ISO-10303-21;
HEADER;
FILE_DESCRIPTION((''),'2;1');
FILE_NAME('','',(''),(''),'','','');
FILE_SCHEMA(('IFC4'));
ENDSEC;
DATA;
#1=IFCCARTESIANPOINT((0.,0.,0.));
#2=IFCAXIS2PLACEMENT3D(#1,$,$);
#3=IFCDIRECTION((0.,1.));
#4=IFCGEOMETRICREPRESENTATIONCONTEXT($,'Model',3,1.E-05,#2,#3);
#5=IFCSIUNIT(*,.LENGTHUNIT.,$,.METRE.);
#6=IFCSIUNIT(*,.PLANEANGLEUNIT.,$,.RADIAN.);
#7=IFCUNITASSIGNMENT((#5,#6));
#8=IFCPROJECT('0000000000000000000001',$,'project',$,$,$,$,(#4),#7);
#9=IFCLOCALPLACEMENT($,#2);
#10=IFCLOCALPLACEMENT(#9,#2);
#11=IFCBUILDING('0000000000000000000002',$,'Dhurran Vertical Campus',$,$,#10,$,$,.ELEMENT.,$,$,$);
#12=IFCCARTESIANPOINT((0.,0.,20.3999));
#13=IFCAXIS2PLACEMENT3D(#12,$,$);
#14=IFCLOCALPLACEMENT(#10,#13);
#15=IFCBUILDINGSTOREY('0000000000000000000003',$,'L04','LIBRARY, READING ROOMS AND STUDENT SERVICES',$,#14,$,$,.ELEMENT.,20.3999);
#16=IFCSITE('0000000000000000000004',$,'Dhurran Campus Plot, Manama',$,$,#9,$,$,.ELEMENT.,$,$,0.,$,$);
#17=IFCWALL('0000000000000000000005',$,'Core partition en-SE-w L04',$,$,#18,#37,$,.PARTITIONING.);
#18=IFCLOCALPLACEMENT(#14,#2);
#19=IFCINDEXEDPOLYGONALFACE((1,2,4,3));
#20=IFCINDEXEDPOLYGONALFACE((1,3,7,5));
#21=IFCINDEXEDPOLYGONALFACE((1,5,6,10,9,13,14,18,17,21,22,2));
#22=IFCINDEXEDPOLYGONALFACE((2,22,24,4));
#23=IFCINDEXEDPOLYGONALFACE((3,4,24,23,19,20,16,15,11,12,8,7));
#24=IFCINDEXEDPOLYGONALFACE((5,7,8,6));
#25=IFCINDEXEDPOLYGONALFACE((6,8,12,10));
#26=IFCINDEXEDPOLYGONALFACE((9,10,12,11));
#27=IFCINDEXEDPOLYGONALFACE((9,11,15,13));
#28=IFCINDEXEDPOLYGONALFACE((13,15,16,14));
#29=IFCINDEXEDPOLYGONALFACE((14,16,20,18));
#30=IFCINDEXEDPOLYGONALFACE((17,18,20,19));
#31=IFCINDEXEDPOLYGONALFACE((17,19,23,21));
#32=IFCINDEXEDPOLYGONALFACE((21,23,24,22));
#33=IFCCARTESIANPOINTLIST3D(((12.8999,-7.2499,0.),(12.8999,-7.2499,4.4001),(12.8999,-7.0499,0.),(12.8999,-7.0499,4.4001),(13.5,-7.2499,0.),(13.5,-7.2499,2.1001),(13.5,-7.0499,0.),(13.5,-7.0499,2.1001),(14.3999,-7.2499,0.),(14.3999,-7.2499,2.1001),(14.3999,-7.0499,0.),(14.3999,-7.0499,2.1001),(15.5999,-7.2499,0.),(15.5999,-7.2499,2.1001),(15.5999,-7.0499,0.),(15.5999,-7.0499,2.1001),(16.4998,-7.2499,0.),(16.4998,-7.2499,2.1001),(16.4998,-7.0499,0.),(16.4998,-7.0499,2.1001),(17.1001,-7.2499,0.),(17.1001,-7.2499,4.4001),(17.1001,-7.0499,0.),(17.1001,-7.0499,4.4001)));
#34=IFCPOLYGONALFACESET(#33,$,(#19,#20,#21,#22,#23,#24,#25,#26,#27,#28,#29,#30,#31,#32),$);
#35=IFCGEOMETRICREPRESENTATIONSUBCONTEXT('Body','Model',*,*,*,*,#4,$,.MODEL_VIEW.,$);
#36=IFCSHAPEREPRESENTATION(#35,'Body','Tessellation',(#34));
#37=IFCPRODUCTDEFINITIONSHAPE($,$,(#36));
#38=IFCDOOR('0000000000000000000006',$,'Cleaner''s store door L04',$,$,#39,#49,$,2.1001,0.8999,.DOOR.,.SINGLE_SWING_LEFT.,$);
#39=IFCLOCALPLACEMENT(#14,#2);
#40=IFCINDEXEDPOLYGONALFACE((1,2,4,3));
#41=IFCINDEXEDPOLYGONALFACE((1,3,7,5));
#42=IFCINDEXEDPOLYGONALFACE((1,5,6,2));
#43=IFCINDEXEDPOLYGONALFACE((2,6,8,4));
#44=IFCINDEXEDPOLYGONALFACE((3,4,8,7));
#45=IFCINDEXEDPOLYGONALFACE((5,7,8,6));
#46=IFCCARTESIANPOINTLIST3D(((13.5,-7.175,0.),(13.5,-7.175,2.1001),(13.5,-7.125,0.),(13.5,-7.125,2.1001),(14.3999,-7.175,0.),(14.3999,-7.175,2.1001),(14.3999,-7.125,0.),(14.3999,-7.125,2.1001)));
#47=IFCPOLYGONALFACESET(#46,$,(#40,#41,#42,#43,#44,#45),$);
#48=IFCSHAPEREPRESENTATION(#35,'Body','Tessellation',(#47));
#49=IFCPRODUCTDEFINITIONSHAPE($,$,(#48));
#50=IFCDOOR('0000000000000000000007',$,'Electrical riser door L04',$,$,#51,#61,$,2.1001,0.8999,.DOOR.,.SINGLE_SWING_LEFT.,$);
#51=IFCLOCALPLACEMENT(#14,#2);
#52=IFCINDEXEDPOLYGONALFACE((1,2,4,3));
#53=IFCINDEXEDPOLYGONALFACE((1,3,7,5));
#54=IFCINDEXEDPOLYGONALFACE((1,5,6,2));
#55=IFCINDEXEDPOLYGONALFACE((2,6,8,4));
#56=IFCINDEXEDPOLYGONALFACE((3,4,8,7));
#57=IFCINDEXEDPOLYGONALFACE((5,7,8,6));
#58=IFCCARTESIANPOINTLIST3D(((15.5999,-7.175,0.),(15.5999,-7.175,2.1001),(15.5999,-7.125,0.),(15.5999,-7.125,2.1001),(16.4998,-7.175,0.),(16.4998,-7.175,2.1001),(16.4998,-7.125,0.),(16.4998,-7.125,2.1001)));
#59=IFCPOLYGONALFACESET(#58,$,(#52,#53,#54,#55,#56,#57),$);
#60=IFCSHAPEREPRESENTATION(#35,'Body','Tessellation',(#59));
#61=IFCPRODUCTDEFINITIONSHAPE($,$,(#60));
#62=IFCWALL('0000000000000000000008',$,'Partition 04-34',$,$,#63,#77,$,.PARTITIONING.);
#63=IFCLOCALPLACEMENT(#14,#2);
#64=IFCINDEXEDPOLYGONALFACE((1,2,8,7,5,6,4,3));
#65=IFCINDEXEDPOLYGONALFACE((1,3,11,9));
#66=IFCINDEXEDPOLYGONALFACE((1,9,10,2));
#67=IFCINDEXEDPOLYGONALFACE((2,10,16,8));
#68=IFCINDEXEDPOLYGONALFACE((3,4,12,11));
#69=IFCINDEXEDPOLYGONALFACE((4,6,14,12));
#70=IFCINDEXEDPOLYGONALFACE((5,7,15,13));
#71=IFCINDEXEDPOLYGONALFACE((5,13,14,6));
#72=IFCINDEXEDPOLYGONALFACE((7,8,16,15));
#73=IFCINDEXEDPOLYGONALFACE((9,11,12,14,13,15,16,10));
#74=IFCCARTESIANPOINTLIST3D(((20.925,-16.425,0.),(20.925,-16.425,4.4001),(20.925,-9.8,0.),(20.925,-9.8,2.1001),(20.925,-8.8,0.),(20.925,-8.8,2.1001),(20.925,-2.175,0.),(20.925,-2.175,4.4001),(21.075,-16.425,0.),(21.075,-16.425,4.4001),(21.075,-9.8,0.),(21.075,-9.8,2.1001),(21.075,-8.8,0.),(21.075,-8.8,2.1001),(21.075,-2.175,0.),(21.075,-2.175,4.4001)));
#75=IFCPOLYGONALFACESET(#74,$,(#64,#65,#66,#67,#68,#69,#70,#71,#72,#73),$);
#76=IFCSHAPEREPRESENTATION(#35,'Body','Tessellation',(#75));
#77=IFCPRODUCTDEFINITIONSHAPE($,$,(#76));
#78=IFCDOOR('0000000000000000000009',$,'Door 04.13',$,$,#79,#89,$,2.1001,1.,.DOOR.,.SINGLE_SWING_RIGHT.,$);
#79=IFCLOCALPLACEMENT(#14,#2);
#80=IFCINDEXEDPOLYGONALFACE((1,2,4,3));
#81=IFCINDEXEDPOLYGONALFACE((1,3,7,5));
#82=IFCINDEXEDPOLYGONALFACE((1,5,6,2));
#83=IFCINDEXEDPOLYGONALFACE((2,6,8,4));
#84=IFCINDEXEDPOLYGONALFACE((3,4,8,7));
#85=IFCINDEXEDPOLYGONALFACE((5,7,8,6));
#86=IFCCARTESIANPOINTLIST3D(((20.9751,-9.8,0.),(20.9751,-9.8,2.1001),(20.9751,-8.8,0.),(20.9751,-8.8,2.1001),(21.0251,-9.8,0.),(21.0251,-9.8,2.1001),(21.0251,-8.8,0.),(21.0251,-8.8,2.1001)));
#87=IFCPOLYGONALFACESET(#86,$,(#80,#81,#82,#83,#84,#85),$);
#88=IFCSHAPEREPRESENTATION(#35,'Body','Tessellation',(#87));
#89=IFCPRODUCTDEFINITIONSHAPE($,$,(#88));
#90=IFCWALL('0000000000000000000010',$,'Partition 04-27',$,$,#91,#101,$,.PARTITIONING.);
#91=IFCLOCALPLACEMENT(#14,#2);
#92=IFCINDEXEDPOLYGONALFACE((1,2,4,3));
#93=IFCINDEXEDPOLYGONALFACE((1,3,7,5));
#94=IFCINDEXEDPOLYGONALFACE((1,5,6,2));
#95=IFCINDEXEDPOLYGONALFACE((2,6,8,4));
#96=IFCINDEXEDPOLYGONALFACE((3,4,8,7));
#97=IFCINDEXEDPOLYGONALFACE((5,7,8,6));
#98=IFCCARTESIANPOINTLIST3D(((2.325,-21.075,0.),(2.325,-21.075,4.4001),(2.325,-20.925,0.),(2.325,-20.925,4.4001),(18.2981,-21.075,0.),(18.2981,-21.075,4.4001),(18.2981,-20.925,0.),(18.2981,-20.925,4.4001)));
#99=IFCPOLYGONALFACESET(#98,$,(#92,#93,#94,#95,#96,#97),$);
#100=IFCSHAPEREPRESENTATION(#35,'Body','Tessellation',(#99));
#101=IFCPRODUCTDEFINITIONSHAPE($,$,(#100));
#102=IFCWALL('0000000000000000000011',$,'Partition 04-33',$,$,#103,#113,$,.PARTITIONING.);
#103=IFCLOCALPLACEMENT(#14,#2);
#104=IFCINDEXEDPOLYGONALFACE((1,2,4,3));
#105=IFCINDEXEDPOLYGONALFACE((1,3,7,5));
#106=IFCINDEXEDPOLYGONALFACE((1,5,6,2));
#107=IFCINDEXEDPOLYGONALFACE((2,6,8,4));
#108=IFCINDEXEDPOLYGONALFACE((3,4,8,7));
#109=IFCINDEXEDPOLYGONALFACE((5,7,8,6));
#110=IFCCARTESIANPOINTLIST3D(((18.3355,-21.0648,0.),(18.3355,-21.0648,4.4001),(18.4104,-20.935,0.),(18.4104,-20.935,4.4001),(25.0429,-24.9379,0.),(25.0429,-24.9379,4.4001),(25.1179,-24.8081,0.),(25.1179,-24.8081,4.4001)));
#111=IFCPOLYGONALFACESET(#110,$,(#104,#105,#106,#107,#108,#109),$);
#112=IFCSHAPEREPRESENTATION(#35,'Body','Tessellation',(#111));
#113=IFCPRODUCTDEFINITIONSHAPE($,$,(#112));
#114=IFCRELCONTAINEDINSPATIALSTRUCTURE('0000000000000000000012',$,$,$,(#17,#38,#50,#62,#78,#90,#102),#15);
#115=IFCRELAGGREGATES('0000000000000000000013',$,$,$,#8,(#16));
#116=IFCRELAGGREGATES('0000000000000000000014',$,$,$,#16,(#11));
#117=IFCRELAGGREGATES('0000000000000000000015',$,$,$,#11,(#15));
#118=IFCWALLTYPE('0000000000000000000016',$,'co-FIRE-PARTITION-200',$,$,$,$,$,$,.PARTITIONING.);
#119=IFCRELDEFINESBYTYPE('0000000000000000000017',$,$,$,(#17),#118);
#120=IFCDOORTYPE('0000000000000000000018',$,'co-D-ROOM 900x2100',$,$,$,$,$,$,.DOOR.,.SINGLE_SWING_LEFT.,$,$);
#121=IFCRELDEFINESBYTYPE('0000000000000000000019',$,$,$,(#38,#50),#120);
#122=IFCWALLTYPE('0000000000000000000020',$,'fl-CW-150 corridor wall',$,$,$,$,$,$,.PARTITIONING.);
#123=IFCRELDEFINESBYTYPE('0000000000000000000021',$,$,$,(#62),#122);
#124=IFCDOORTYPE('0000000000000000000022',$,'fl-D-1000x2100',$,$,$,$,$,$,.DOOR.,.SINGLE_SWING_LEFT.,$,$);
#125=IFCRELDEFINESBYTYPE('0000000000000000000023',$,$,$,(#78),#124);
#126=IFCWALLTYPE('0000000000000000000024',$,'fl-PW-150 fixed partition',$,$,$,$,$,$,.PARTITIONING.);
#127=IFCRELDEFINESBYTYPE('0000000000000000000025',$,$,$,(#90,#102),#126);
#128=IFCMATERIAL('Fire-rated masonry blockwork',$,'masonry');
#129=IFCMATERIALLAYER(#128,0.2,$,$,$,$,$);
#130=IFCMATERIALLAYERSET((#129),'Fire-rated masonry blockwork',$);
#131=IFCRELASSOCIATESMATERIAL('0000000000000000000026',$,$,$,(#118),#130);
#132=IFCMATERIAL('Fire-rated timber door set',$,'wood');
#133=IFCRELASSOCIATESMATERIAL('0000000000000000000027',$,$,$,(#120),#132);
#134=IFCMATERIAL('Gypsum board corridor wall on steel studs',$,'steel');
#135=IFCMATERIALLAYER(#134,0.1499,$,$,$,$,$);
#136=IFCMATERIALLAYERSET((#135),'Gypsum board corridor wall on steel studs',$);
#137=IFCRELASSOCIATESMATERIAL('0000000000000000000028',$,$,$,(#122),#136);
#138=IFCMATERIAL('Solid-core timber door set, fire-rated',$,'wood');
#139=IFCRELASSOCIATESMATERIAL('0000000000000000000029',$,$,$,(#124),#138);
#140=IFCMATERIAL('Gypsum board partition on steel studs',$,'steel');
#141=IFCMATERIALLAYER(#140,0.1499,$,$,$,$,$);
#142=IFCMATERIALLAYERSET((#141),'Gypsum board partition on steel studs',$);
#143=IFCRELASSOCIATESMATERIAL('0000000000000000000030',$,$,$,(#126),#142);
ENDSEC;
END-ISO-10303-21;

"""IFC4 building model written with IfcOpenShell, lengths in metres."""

from ifc_helpers import new_model, si_unit, direction, frame, frame_2d, origin, place, context, subcontext, project, spatial, rectangle, extrude, material, layer, layer_set, type_object, element, fill, save


model = new_model("IFC4")

# Units and contexts
model_context = context("Model", 3, precision=1e-05, world=origin(), true_north=direction((0.0, 1.0)))
body_context = subcontext(model_context, "Body", "Model", "MODEL_VIEW")
ifc_project = project(units=[si_unit("LENGTHUNIT", "METRE"), si_unit("PLANEANGLEUNIT", "RADIAN")], contexts=[model_context])

# Site, building, storey
site_placement = place(None, origin())
site = spatial("IfcSite", under=ifc_project, at=site_placement, Name="Dhurran Campus Plot, Manama", CompositionType="ELEMENT", RefElevation=0.0)
building_placement = place(site_placement, origin())
building = spatial("IfcBuilding", under=site, at=building_placement, Name="Dhurran Vertical Campus", CompositionType="ELEMENT")
storey_placement = place(building_placement, frame((0.0, 0.0, 20.3999)))
storey = spatial("IfcBuildingStorey", under=building, at=storey_placement, Name="L04", Description="LIBRARY, READING ROOMS AND STUDENT SERVICES", CompositionType="ELEMENT", Elevation=20.3999)

# Shared definitions
ifc_material_1 = material(Name="Fire-rated masonry blockwork", Category="masonry")
ifc_layer_1 = layer(ifc_material_1, 0.2)
ifc_layer_set_1 = layer_set([ifc_layer_1], Name="Fire-rated masonry blockwork")
wall_type_1 = type_object("IfcWallType", Name="co-FIRE-PARTITION-200", PredefinedType="PARTITIONING", material=ifc_layer_set_1)

# Wall, openings, doors
wall_1_placement = place(storey_placement, frame((12.8999, -7.1499, 0.0), z_axis=(0.0, 0.0, 1.0), x_axis=(1.0, 0.0, 0.0)))
wall_1 = element("IfcWall", 1, at=wall_1_placement, inside=storey, type_object=wall_type_1, Name="Core partition en-SE-w L04", PredefinedType="PARTITIONING", context=body_context, shape_type="SweptSolid", body=[
    extrude(rectangle(XDim=4.2002, YDim=0.2, at=frame_2d((2.1001, 0.0))), origin(), (0.0, 0.0, 1.0), 4.4001),
])
opening_1_placement = place(wall_1_placement, frame((0.6001, 0.0, 0.0)))
opening_1 = element("IfcOpeningElement", 2, at=opening_1_placement, cuts=wall_1, PredefinedType="OPENING", context=body_context, shape_type="SweptSolid", body=[
    extrude(rectangle(XDim=0.8999, YDim=2.1001, at=frame_2d((0.45, 1.05))), frame((0.0, 0.1099, 0.0), z_axis=(0.0, -1.0, 0.0), x_axis=(1.0, 0.0, 0.0)), (0.0, 0.0, 1.0), 0.22),
])
opening_2_placement = place(wall_1_placement, frame((2.7, 0.0, 0.0)))
opening_2 = element("IfcOpeningElement", 3, at=opening_2_placement, cuts=wall_1, PredefinedType="OPENING", context=body_context, shape_type="SweptSolid", body=[
    extrude(rectangle(XDim=0.8999, YDim=2.1001, at=frame_2d((0.45, 1.05))), frame((0.0, 0.1099, 0.0), z_axis=(0.0, -1.0, 0.0), x_axis=(1.0, 0.0, 0.0)), (0.0, 0.0, 1.0), 0.22),
])
ifc_material_2 = material(Name="Fire-rated timber door set", Category="wood")
door_type_1 = type_object("IfcDoorType", Name="co-D-ROOM 900x2100", OperationType="SINGLE_SWING_LEFT", PredefinedType="DOOR", material=ifc_material_2)
door_1_placement = place(opening_1_placement, origin())
door_1 = element("IfcDoor", 4, at=door_1_placement, inside=storey, type_object=door_type_1, Name="Cleaner's store door L04", OperationType="SINGLE_SWING_LEFT", OverallHeight=2.1001, OverallWidth=0.8999, PredefinedType="DOOR", context=body_context, shape_type="SweptSolid", body=[
    extrude(rectangle(XDim=0.8999, YDim=2.1001, at=frame_2d((0.45, 1.05))), frame((0.0, 0.0249, 0.0), z_axis=(0.0, -1.0, 0.0), x_axis=(1.0, 0.0, 0.0)), (0.0, 0.0, 1.0), 0.05),
])
fill(opening_1, door_1)
door_2_placement = place(opening_2_placement, origin())
door_2 = element("IfcDoor", 5, at=door_2_placement, inside=storey, type_object=door_type_1, Name="Electrical riser door L04", OperationType="SINGLE_SWING_LEFT", OverallHeight=2.1001, OverallWidth=0.8999, PredefinedType="DOOR", context=body_context, shape_type="SweptSolid", body=[
    extrude(rectangle(XDim=0.8999, YDim=2.1001, at=frame_2d((0.45, 1.05))), frame((0.0, 0.0249, 0.0), z_axis=(0.0, -1.0, 0.0), x_axis=(1.0, 0.0, 0.0)), (0.0, 0.0, 1.0), 0.05),
])
fill(opening_2, door_2)

# Wall, opening, door
ifc_material_3 = material(Name="Gypsum board corridor wall on steel studs", Category="steel")
ifc_layer_2 = layer(ifc_material_3, 0.1499)
ifc_layer_set_2 = layer_set([ifc_layer_2], Name="Gypsum board corridor wall on steel studs")
wall_type_2 = type_object("IfcWallType", Name="fl-CW-150 corridor wall", PredefinedType="PARTITIONING", material=ifc_layer_set_2)
wall_2_placement = place(storey_placement, frame((21.0, -16.425, 0.0), z_axis=(0.0, 0.0, 1.0), x_axis=(0.0, 1.0, 0.0)))
wall_2 = element("IfcWall", 6, at=wall_2_placement, inside=storey, type_object=wall_type_2, Name="Partition 04-34", PredefinedType="PARTITIONING", context=body_context, shape_type="SweptSolid", body=[
    extrude(rectangle(XDim=14.25, YDim=0.1499, at=frame_2d((7.125, 0.0))), origin(), (0.0, 0.0, 1.0), 4.4001),
])
opening_3_placement = place(wall_2_placement, frame((6.625, 0.0, 0.0)))
opening_3 = element("IfcOpeningElement", 7, at=opening_3_placement, cuts=wall_2, PredefinedType="OPENING", context=body_context, shape_type="SweptSolid", body=[
    extrude(rectangle(XDim=1.0, YDim=2.1001, at=frame_2d((0.5, 1.05))), frame((0.0, 0.085, 0.0), z_axis=(0.0, -1.0, 0.0), x_axis=(1.0, 0.0, 0.0)), (0.0, 0.0, 1.0), 0.1699),
])
ifc_material_4 = material(Name="Solid-core timber door set, fire-rated", Category="wood")
door_type_2 = type_object("IfcDoorType", Name="fl-D-1000x2100", OperationType="SINGLE_SWING_LEFT", PredefinedType="DOOR", material=ifc_material_4)
door_3_placement = place(opening_3_placement, origin())
door_3 = element("IfcDoor", 8, at=door_3_placement, inside=storey, type_object=door_type_2, Name="Door 04.13", OperationType="SINGLE_SWING_RIGHT", OverallHeight=2.1001, OverallWidth=1.0, PredefinedType="DOOR", context=body_context, shape_type="SweptSolid", body=[
    extrude(rectangle(XDim=1.0, YDim=2.1001, at=frame_2d((0.5, 1.05))), frame((0.0, 0.0249, 0.0), z_axis=(0.0, -1.0, 0.0), x_axis=(1.0, 0.0, 0.0)), (0.0, 0.0, 1.0), 0.05),
])
fill(opening_3, door_3)

# Walls
ifc_material_5 = material(Name="Gypsum board partition on steel studs", Category="steel")
ifc_layer_3 = layer(ifc_material_5, 0.1499)
ifc_layer_set_3 = layer_set([ifc_layer_3], Name="Gypsum board partition on steel studs")
wall_type_3 = type_object("IfcWallType", Name="fl-PW-150 fixed partition", PredefinedType="PARTITIONING", material=ifc_layer_set_3)
wall_3_placement = place(storey_placement, frame((18.2981, -21.0, 0.0), z_axis=(0.0, 0.0, 1.0), x_axis=(-1.0, 0.0, 0.0)))
element("IfcWall", 9, at=wall_3_placement, inside=storey, type_object=wall_type_3, Name="Partition 04-27", PredefinedType="PARTITIONING", context=body_context, shape_type="SweptSolid", body=[
    extrude(rectangle(XDim=15.9731, YDim=0.1499, at=frame_2d((7.9866, 0.0))), origin(), (0.0, 0.0, 1.0), 4.4001),
])
wall_4_placement = place(storey_placement, frame((18.373, -21.0, 0.0), z_axis=(0.0, 0.0, 1.0), x_axis=(0.866, -0.500044, 0.0)))
element("IfcWall", 10, at=wall_4_placement, inside=storey, type_object=wall_type_3, Name="Partition 04-33", PredefinedType="PARTITIONING", context=body_context, shape_type="SweptSolid", body=[
    extrude(rectangle(XDim=7.7454, YDim=0.1499, at=frame_2d((3.8726, 0.0))), origin(), (0.0, 0.0, 1.0), 4.4001),
])

save(model, "model.ifc")
